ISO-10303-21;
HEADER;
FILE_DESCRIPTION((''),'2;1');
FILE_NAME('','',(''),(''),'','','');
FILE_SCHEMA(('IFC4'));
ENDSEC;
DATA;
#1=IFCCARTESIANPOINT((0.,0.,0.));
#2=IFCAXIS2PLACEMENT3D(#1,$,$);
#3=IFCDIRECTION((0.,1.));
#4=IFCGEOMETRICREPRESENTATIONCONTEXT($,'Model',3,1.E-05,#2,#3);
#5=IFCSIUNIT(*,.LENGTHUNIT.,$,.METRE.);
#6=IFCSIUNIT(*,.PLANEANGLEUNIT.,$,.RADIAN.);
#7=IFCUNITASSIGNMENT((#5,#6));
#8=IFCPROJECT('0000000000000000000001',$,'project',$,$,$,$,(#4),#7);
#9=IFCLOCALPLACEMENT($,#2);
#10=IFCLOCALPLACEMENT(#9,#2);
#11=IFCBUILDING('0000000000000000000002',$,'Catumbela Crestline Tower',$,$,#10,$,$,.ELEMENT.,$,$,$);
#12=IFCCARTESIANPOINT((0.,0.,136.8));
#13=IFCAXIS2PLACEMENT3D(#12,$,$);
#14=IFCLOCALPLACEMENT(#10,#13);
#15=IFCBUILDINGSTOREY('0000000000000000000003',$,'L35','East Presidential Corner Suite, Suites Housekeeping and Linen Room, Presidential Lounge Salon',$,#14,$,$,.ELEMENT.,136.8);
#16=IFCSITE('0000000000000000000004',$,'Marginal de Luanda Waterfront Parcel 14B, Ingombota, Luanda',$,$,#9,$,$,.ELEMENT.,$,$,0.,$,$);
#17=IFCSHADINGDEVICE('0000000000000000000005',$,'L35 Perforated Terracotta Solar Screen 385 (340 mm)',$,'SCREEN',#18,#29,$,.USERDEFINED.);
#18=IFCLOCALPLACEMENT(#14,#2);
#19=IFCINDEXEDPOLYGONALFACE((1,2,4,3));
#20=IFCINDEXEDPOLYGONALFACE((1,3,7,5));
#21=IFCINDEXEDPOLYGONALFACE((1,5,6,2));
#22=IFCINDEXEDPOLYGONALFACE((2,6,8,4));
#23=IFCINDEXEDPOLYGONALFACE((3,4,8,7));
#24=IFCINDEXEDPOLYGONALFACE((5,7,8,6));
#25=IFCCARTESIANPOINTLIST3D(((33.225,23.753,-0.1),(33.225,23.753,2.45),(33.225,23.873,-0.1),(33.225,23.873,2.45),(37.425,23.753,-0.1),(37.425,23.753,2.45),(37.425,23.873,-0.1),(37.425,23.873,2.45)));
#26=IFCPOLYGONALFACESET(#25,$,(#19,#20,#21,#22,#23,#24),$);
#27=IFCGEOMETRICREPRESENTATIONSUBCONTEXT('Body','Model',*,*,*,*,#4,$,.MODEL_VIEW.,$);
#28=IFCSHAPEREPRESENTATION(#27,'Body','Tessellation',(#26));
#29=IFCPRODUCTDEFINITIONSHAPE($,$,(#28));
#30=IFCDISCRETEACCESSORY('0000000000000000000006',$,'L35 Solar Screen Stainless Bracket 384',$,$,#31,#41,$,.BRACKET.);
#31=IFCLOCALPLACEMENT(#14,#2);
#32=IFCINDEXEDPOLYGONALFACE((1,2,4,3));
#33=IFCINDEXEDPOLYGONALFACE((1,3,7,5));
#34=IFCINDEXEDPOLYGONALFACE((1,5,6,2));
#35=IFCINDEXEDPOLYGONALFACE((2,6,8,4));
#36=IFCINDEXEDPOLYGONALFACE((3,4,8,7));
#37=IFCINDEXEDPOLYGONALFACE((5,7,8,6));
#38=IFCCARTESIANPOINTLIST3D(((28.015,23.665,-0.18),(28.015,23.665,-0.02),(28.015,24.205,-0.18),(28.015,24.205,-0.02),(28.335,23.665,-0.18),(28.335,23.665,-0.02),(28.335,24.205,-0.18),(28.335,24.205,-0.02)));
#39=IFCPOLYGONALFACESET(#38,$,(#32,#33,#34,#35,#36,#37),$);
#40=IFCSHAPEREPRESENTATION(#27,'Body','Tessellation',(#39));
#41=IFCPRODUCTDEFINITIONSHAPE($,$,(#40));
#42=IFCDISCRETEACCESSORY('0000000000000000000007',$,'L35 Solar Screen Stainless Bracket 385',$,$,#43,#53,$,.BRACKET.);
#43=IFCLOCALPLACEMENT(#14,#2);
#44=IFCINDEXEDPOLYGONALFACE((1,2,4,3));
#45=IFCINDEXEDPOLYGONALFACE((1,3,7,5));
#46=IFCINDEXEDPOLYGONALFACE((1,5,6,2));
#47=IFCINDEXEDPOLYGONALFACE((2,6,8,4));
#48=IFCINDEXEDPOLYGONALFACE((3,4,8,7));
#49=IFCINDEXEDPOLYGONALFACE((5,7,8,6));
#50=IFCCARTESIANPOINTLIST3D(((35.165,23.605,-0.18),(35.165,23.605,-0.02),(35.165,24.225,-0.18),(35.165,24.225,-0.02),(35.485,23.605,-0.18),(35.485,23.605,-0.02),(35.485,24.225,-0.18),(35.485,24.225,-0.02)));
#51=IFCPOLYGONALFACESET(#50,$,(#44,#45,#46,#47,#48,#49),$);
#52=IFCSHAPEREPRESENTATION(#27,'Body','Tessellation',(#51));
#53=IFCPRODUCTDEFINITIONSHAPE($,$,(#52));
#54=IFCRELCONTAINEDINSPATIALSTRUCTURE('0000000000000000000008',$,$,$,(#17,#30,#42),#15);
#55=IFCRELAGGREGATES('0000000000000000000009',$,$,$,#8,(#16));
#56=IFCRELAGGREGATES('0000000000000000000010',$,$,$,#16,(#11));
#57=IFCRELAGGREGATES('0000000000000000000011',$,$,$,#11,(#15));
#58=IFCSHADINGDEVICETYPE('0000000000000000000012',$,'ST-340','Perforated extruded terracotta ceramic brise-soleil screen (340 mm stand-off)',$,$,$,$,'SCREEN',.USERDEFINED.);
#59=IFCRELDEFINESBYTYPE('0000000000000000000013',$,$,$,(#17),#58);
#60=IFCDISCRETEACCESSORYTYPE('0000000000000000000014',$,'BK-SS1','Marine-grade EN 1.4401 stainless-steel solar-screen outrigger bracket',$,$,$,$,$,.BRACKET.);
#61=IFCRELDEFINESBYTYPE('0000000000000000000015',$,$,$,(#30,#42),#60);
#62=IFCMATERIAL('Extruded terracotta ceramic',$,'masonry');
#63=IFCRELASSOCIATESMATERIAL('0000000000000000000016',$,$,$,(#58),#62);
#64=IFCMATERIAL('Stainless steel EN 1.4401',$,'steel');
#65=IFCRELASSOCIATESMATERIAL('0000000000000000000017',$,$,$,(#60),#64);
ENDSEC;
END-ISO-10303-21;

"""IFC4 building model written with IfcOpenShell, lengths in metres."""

from ifc_helpers import new_model, si_unit, direction, frame, origin, origin_2d, place, context, subcontext, project, spatial, rectangle, extrude, material, type_object, element, save


model = new_model("IFC4")

# Units and contexts
model_context = context("Model", 3, precision=1e-05, world=origin(), true_north=direction((0.0, 1.0)))
body_context = subcontext(model_context, "Body", "Model", "MODEL_VIEW")
ifc_project = project(units=[si_unit("LENGTHUNIT", "METRE"), si_unit("PLANEANGLEUNIT", "RADIAN")], contexts=[model_context])

# Site, building, storey
site_placement = place(None, origin())
site = spatial("IfcSite", under=ifc_project, at=site_placement, Name="Marginal de Luanda Waterfront Parcel 14B, Ingombota, Luanda", CompositionType="ELEMENT", RefElevation=0.0)
building_placement = place(site_placement, origin())
building = spatial("IfcBuilding", under=site, at=building_placement, Name="Catumbela Crestline Tower", CompositionType="ELEMENT")
storey_placement = place(building_placement, frame((0.0, 0.0, 136.8)))
storey = spatial("IfcBuildingStorey", under=building, at=storey_placement, Name="L35", Description="East Presidential Corner Suite, Suites Housekeeping and Linen Room, Presidential Lounge Salon", CompositionType="ELEMENT", Elevation=136.8)

# Shared definitions
ifc_material_1 = material(Name="Stainless steel EN 1.4401", Category="steel")

# Shading device
ifc_material_2 = material(Name="Extruded terracotta ceramic", Category="masonry")
shading_device_type_1 = type_object("IfcShadingDeviceType", Name="ST-340", Description="Perforated extruded terracotta ceramic brise-soleil screen (340 mm stand-off)", ElementType="SCREEN", PredefinedType="USERDEFINED", material=ifc_material_2)
shading_device_1_placement = place(storey_placement, frame((35.325, 23.813, -0.1), z_axis=(0.0, 0.0, 1.0), x_axis=(1.0, 0.0, 0.0)))
element("IfcShadingDevice", 1, at=shading_device_1_placement, inside=storey, type_object=shading_device_type_1, Name="L35 Perforated Terracotta Solar Screen 385 (340 mm)", ObjectType="SCREEN", PredefinedType="USERDEFINED", context=body_context, shape_type="SweptSolid", body=[
    extrude(rectangle(XDim=4.2, YDim=0.12, at=origin_2d()), origin(), (0.0, 0.0, 1.0), 2.55),
])

# Discrete accessories
discrete_accessory_type = type_object("IfcDiscreteAccessoryType", Name="BK-SS1", Description="Marine-grade EN 1.4401 stainless-steel solar-screen outrigger bracket", PredefinedType="BRACKET", material=ifc_material_1)
discrete_accessory_1_placement = place(storey_placement, frame((28.175, 23.935, -0.18), z_axis=(0.0, 0.0, 1.0), x_axis=(1.0, 0.0, 0.0)))
element("IfcDiscreteAccessory", 2, at=discrete_accessory_1_placement, inside=storey, type_object=discrete_accessory_type, Name="L35 Solar Screen Stainless Bracket 384", PredefinedType="BRACKET", context=body_context, shape_type="SweptSolid", body=[
    extrude(rectangle(XDim=0.32, YDim=0.54, at=origin_2d()), origin(), (0.0, 0.0, 1.0), 0.16),
])
discrete_accessory_2_placement = place(storey_placement, frame((35.325, 23.915, -0.18), z_axis=(0.0, 0.0, 1.0), x_axis=(1.0, 0.0, 0.0)))
element("IfcDiscreteAccessory", 3, at=discrete_accessory_2_placement, inside=storey, type_object=discrete_accessory_type, Name="L35 Solar Screen Stainless Bracket 385", PredefinedType="BRACKET", context=body_context, shape_type="SweptSolid", body=[
    extrude(rectangle(XDim=0.32, YDim=0.62, at=origin_2d()), origin(), (0.0, 0.0, 1.0), 0.16),
])

save(model, "model.ifc")
